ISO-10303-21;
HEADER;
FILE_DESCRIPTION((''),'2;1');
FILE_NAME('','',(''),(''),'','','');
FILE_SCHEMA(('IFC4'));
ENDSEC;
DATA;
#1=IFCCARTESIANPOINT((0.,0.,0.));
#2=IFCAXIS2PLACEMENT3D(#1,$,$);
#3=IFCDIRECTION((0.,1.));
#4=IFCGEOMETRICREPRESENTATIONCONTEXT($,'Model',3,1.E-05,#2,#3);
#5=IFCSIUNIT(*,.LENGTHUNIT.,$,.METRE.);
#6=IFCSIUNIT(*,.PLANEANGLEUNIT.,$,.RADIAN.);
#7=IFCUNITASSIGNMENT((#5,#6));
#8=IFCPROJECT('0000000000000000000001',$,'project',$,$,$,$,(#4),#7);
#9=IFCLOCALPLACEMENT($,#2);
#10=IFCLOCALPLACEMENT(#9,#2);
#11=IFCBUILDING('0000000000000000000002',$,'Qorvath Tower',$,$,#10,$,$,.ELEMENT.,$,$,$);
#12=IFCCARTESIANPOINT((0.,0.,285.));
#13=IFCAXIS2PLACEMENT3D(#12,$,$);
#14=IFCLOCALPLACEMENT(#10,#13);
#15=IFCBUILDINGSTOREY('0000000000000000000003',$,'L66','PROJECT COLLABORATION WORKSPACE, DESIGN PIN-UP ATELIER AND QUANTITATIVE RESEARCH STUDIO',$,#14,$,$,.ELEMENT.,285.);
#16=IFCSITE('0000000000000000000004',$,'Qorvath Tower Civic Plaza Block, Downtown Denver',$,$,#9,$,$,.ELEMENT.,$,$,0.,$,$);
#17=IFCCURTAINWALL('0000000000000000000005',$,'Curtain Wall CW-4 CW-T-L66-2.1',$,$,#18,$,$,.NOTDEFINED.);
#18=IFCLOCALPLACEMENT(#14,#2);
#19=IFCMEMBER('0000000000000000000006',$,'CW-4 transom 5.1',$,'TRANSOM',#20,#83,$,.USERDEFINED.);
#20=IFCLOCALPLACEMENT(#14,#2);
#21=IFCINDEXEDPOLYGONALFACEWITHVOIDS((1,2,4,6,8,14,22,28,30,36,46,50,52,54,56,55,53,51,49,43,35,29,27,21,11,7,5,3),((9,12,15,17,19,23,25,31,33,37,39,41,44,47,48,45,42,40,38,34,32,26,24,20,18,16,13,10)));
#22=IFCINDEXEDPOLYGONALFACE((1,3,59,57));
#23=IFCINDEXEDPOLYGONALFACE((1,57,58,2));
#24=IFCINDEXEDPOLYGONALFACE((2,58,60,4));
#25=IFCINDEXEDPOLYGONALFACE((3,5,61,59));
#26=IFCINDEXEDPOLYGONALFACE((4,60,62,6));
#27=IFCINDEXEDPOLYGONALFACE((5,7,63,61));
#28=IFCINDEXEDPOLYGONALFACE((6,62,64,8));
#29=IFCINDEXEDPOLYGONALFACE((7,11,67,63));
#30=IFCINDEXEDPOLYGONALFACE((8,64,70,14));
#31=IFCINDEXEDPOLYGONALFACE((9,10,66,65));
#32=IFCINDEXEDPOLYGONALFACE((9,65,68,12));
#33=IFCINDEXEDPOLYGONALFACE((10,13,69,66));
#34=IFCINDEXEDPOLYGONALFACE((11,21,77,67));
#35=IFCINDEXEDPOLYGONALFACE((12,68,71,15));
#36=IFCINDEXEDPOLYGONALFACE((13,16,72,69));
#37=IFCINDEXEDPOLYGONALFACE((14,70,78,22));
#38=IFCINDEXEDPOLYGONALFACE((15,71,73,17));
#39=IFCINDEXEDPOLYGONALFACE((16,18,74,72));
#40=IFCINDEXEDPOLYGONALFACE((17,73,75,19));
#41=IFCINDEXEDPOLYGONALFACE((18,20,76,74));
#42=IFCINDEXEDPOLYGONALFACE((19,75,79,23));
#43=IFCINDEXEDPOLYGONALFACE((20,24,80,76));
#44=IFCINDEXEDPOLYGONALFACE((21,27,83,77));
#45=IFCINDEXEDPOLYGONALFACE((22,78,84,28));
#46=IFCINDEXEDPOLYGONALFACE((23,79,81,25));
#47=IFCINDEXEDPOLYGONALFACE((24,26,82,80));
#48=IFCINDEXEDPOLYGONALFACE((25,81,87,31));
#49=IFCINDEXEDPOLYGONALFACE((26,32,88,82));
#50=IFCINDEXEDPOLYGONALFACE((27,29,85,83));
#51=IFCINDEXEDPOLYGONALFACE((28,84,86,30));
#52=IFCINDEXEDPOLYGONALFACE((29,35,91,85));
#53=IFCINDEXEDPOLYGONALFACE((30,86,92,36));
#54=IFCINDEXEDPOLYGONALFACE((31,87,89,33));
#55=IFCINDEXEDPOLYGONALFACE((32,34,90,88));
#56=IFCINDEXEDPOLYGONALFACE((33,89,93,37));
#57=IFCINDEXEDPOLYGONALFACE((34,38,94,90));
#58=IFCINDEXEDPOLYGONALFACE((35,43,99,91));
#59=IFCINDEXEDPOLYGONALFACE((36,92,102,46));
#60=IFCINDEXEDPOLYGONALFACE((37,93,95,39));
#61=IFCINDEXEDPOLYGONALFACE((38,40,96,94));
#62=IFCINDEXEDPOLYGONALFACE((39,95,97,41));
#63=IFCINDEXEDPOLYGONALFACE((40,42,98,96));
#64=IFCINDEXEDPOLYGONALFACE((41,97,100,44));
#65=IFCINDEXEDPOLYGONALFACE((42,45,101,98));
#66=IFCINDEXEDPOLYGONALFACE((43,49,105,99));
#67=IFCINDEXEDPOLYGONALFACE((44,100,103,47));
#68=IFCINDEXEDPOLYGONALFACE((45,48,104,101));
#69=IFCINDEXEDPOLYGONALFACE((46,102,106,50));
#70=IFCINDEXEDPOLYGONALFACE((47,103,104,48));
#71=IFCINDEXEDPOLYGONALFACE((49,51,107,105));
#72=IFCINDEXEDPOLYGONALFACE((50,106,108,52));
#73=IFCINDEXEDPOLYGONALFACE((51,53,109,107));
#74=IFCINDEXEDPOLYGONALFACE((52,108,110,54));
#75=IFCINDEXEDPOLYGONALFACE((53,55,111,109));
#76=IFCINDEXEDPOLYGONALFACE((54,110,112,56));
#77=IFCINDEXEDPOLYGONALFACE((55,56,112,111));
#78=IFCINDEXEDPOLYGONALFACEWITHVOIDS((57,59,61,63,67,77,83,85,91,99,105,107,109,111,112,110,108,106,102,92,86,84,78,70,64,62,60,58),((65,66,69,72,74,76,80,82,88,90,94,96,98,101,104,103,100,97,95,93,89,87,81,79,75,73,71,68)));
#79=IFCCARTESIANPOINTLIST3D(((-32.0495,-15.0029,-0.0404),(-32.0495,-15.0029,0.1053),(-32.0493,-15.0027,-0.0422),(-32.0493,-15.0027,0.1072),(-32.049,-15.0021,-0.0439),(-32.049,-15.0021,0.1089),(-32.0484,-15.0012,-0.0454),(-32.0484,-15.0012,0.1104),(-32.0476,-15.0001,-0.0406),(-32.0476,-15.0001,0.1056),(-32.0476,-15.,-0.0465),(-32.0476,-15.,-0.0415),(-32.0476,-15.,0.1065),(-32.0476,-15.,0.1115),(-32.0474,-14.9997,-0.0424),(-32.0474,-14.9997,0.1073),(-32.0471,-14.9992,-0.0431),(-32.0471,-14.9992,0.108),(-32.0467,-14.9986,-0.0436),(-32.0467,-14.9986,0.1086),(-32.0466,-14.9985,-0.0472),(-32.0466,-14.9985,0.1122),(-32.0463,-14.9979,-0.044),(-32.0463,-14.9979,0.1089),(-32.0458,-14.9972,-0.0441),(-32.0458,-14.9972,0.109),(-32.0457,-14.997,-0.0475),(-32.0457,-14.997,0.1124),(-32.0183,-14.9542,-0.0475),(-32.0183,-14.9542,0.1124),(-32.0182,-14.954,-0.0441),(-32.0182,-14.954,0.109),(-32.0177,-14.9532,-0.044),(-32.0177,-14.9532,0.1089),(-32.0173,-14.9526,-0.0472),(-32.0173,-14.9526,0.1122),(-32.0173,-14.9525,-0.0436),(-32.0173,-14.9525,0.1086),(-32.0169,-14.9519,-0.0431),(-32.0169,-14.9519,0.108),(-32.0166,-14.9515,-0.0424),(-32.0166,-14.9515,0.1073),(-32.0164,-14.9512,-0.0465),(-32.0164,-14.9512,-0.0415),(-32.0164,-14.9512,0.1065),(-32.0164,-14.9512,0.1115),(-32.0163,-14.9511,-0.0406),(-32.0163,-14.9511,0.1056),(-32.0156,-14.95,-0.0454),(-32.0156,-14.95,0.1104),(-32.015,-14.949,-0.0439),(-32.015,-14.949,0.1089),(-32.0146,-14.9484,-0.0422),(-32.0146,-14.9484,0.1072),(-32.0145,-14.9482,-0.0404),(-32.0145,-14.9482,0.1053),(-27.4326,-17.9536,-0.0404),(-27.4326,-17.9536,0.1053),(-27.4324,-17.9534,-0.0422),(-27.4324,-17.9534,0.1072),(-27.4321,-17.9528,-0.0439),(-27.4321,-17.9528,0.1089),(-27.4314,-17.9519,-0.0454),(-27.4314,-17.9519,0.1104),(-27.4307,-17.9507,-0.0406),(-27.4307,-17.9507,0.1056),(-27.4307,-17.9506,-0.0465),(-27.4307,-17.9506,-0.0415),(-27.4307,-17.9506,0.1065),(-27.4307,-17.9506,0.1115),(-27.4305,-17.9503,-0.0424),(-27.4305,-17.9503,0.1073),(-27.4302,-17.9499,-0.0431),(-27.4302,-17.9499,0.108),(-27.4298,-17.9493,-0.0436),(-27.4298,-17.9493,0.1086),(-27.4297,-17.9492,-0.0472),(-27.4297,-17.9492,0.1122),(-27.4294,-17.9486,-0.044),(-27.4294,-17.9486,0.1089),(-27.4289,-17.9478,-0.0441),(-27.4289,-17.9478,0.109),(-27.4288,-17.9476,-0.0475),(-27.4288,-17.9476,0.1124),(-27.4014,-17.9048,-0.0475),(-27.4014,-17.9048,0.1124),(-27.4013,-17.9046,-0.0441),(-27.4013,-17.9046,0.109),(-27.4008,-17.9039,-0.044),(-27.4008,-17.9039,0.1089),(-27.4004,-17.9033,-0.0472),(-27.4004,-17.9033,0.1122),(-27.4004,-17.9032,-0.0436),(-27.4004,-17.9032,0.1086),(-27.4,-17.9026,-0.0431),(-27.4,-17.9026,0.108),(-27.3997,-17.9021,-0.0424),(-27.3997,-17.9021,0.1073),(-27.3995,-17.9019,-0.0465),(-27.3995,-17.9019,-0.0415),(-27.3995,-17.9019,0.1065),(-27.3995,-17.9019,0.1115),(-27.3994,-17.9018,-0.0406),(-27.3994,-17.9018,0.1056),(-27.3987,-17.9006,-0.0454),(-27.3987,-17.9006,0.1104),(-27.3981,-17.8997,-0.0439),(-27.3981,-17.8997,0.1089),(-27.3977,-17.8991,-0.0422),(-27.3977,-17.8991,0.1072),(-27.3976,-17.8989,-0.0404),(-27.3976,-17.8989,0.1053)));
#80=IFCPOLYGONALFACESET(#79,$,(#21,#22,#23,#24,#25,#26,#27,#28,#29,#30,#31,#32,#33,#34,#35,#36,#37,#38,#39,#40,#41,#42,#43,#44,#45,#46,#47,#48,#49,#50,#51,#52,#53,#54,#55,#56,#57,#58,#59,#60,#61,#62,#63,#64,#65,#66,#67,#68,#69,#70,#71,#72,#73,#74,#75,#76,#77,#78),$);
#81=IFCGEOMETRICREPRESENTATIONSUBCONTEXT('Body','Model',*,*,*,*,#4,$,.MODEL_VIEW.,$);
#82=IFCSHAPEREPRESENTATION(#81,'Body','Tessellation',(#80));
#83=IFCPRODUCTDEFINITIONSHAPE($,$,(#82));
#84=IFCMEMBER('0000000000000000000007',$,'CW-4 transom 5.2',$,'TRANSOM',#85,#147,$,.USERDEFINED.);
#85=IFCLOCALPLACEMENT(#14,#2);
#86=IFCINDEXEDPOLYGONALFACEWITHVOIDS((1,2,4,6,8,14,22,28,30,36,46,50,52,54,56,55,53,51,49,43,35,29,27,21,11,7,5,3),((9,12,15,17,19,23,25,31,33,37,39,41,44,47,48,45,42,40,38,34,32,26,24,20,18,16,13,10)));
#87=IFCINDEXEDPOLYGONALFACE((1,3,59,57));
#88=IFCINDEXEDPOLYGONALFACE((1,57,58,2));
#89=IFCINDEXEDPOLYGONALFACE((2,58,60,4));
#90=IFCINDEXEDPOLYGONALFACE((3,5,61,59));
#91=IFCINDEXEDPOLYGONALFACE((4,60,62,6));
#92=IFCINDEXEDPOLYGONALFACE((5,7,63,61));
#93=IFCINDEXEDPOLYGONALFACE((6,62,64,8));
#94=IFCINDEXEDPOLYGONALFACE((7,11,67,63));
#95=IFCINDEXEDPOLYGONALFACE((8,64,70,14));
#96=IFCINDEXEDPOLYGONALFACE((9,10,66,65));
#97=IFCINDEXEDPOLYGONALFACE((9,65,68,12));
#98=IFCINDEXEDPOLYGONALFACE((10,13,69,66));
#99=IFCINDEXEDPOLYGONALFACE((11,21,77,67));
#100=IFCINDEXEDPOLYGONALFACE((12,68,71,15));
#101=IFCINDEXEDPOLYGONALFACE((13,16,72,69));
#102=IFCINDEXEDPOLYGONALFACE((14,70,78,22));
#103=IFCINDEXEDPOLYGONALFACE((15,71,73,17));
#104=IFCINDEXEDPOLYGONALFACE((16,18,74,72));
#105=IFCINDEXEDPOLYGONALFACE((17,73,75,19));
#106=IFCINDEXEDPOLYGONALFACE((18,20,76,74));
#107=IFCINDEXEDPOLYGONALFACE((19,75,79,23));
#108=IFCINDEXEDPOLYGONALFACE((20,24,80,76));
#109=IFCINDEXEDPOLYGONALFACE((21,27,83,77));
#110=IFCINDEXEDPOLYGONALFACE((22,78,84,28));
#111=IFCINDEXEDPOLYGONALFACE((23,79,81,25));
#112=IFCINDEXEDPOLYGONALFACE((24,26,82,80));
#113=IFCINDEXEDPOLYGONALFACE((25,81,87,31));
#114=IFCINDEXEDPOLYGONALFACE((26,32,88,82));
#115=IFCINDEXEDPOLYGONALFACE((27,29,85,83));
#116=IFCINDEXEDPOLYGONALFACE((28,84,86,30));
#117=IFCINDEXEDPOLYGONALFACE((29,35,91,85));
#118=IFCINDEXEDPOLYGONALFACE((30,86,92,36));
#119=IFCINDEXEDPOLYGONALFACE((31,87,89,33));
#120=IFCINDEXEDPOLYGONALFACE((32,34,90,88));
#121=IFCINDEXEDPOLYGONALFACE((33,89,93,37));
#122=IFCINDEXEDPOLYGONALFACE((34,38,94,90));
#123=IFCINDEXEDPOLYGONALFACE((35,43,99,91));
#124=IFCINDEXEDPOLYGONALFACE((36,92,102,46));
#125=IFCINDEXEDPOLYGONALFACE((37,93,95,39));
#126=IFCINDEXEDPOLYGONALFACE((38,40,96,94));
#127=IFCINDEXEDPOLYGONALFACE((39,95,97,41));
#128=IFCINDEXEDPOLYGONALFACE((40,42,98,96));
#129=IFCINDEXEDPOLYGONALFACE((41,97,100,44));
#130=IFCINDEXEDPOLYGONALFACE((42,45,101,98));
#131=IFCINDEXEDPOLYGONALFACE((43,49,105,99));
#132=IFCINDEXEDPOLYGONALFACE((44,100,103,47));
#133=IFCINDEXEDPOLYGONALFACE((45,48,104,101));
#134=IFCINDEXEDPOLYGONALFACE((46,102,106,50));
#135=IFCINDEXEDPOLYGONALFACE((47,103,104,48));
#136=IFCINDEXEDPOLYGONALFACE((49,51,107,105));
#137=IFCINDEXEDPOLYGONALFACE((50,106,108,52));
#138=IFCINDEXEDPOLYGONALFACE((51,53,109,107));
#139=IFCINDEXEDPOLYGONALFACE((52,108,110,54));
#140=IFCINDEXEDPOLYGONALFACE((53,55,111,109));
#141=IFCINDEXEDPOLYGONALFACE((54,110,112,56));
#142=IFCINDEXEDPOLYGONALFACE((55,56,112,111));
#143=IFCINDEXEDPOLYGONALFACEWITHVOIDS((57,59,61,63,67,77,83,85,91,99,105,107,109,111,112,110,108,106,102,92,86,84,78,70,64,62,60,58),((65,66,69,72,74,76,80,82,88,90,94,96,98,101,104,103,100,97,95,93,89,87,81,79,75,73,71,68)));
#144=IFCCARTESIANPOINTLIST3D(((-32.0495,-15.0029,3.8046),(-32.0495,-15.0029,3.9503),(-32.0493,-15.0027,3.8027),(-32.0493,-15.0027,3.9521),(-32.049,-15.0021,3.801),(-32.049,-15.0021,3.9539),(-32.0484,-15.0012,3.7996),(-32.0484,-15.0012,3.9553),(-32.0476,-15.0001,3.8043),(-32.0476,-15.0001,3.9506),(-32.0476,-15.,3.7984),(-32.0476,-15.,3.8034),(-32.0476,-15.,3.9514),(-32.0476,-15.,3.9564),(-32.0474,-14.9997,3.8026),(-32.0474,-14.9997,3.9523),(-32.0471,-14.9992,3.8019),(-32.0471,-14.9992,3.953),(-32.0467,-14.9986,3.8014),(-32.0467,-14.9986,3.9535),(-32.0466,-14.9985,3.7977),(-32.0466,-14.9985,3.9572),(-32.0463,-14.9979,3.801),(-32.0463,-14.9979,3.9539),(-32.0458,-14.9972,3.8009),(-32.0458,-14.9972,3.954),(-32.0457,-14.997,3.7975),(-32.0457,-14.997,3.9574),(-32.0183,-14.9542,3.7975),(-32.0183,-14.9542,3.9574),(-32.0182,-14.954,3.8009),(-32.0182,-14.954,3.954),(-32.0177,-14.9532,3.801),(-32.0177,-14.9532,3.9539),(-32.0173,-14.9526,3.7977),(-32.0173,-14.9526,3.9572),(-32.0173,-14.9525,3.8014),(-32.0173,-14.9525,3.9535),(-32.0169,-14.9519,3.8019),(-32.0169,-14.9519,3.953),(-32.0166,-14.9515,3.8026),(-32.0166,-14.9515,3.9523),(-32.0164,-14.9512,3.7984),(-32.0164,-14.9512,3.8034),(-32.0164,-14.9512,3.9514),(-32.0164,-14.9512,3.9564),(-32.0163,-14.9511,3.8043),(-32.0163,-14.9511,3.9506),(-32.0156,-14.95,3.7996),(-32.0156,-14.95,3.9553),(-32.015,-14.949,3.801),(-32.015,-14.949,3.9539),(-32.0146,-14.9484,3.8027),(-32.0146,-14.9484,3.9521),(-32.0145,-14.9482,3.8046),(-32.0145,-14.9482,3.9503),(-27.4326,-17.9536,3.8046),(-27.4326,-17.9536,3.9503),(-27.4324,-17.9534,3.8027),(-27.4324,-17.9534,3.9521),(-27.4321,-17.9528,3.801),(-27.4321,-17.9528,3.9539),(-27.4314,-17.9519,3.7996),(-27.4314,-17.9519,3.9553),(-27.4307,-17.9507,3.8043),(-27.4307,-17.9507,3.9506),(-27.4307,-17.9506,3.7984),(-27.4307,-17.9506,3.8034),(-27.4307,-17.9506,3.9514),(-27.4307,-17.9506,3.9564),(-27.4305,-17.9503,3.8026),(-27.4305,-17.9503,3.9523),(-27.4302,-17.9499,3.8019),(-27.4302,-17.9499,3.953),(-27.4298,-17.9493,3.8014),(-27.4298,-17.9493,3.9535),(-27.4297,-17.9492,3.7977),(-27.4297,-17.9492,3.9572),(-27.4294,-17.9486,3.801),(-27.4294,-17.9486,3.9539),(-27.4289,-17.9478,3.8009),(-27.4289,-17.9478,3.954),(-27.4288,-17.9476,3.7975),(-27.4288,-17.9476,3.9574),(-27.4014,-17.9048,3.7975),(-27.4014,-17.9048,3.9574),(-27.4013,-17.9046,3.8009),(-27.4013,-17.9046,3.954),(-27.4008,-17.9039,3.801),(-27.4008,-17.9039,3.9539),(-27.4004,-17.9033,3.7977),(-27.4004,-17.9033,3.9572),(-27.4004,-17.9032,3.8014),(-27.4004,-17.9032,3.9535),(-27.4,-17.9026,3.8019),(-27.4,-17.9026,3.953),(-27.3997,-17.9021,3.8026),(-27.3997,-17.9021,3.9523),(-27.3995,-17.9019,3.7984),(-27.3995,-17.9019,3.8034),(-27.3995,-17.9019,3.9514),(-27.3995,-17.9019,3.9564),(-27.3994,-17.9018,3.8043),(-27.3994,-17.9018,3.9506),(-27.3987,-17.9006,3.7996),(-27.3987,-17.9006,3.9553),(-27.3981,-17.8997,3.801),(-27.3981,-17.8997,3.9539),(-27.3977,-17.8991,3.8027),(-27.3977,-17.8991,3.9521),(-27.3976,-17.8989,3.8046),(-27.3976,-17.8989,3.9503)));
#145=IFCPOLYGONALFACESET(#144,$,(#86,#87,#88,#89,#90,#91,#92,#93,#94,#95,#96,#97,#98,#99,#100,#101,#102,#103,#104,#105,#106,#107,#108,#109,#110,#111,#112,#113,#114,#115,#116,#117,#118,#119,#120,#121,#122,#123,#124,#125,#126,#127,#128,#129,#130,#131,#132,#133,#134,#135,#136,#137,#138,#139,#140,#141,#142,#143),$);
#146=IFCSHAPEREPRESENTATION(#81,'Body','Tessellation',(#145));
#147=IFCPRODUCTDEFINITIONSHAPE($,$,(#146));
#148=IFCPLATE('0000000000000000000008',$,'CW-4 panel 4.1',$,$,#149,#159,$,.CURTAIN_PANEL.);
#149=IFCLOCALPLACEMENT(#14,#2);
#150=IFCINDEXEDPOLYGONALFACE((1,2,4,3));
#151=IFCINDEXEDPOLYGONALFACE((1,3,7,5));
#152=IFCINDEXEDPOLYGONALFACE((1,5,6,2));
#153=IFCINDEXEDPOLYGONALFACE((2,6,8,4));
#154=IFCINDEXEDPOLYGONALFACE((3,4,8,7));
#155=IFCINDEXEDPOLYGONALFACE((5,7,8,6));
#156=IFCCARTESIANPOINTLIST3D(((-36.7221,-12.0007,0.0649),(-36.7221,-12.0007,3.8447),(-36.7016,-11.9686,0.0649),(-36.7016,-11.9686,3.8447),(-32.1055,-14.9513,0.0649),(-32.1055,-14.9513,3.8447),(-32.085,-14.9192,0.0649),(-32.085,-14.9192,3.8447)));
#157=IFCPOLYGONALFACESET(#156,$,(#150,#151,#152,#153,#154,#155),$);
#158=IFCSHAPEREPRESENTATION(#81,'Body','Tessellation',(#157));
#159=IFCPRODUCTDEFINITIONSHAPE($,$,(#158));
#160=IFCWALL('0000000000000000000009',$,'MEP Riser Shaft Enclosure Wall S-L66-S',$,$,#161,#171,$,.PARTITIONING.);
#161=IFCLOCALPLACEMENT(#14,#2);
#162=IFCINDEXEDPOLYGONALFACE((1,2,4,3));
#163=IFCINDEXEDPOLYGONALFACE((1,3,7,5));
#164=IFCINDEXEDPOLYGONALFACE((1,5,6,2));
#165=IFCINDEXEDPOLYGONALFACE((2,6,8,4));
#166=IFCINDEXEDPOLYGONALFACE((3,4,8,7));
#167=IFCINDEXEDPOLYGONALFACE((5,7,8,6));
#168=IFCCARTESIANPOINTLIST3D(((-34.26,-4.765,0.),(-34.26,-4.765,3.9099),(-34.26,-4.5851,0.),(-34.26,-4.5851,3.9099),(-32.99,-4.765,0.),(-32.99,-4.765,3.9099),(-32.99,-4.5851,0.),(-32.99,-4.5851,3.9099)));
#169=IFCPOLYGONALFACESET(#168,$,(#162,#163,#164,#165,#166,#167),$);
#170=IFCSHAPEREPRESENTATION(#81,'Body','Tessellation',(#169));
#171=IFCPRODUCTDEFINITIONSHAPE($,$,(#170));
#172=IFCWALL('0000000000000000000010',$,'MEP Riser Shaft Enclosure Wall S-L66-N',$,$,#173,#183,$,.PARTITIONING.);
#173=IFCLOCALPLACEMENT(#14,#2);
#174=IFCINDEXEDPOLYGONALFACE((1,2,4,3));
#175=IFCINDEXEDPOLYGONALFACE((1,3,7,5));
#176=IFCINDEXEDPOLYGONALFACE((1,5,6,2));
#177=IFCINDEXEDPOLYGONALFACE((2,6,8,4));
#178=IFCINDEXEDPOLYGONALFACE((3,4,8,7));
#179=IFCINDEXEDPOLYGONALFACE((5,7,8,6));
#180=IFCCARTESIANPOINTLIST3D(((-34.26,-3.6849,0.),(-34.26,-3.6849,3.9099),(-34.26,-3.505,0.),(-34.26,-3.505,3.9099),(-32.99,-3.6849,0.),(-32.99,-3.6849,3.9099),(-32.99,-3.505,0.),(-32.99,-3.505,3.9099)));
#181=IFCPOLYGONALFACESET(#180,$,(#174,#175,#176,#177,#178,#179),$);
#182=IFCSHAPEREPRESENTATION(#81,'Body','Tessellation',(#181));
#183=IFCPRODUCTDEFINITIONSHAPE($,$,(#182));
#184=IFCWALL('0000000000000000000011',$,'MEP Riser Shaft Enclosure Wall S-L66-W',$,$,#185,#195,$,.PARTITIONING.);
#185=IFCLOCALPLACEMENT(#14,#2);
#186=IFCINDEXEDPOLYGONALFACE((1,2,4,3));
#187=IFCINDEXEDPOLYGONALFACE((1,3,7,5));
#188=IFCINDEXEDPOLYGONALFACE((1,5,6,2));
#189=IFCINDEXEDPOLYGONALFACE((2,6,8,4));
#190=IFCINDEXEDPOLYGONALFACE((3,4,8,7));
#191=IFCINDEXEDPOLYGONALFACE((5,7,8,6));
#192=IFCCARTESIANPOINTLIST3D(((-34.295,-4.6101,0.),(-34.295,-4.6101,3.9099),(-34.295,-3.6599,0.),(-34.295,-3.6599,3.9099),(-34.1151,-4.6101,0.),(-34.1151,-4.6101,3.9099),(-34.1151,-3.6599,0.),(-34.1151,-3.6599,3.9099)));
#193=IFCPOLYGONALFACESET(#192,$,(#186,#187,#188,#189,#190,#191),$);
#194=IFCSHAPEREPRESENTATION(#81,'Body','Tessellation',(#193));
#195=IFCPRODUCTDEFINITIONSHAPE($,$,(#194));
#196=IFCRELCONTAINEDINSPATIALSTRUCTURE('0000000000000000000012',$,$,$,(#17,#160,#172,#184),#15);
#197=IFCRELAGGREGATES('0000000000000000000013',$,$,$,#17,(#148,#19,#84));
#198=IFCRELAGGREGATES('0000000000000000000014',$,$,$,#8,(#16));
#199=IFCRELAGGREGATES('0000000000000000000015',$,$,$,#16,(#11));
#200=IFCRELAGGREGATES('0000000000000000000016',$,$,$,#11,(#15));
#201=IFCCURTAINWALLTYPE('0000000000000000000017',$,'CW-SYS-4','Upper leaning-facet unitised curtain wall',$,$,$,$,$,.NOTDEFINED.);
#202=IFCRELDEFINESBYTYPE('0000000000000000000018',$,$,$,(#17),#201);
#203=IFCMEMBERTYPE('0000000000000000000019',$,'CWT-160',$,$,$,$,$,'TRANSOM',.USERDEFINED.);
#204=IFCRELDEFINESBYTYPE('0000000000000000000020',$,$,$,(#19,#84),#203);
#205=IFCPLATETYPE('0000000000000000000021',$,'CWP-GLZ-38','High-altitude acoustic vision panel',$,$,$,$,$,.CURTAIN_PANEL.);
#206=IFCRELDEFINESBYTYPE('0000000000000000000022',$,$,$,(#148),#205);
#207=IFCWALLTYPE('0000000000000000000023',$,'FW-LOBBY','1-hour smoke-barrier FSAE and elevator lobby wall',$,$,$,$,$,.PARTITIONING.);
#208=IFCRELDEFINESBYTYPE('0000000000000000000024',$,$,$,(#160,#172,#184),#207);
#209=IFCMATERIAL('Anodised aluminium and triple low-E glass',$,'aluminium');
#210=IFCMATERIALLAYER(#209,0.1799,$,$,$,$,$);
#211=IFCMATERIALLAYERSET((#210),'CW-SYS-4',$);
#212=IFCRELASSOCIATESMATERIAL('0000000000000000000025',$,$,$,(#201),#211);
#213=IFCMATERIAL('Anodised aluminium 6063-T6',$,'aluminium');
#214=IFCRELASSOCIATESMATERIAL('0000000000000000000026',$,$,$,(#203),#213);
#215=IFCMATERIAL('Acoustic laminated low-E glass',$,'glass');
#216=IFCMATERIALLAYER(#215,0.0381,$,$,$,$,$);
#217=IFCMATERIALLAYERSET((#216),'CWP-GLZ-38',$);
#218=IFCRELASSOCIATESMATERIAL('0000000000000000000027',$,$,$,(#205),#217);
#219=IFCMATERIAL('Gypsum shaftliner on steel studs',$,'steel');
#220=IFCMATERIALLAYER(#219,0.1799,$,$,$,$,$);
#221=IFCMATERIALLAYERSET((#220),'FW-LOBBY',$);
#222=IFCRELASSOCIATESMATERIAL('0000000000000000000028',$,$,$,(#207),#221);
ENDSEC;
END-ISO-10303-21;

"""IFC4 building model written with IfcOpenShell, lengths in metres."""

from ifc_helpers import new_model, si_unit, direction, frame, frame_2d, origin, origin_2d, place, context, subcontext, project, spatial, rectangle, hollow_rectangle, extrude, material, layer, layer_set, material_profile, profile_set, type_object, element, aggregate, save


model = new_model("IFC4")

# Units and contexts
model_context = context("Model", 3, precision=1e-05, world=origin(), true_north=direction((0.0, 1.0)))
body_context = subcontext(model_context, "Body", "Model", "MODEL_VIEW")
ifc_project = project(units=[si_unit("LENGTHUNIT", "METRE"), si_unit("PLANEANGLEUNIT", "RADIAN")], contexts=[model_context])

# Site, building, storey
site_placement = place(None, origin())
site = spatial("IfcSite", under=ifc_project, at=site_placement, Name="Qorvath Tower Civic Plaza Block, Downtown Denver", CompositionType="ELEMENT", RefElevation=0.0)
building_placement = place(site_placement, origin())
building = spatial("IfcBuilding", under=site, at=building_placement, Name="Qorvath Tower", CompositionType="ELEMENT")
storey_placement = place(building_placement, frame((0.0, 0.0, 285.0)))
storey = spatial("IfcBuildingStorey", under=building, at=storey_placement, Name="L66", Description="PROJECT COLLABORATION WORKSPACE, DESIGN PIN-UP ATELIER AND QUANTITATIVE RESEARCH STUDIO", CompositionType="ELEMENT", Elevation=285.0)

# Curtain wall, members, plate
ifc_material_1 = material(Name="Anodised aluminium and triple low-E glass", Category="aluminium")
ifc_layer_1 = layer(ifc_material_1, 0.1799)
ifc_layer_set_1 = layer_set([ifc_layer_1], Name="CW-SYS-4")
curtain_wall_type = type_object("IfcCurtainWallType", Name="CW-SYS-4", Description="Upper leaning-facet unitised curtain wall", PredefinedType="NOTDEFINED", material=ifc_layer_set_1)
curtain_wall_placement = place(storey_placement, origin())
curtain_wall = element("IfcCurtainWall", 1, at=curtain_wall_placement, inside=storey, type_object=curtain_wall_type, Name="Curtain Wall CW-4 CW-T-L66-2.1", PredefinedType="NOTDEFINED")
ifc_material_2 = material(Name="Anodised aluminium 6063-T6", Category="aluminium")
ifc_material_profile_1 = material_profile(ifc_material_2, hollow_rectangle(XDim=0.0649, YDim=0.1599, WallThickness=0.0034, InnerFilletRadius=0.0034, OuterFilletRadius=0.0071, at=origin_2d()), Name="CWT 160x65")
ifc_profile_set_1 = profile_set([ifc_material_profile_1], Name="Anodised aluminium 6063-T6")
member_type_1 = type_object("IfcMemberType", Name="CWT-160", ElementType="TRANSOM", PredefinedType="USERDEFINED", material=ifc_profile_set_1)
member_1_placement = place(storey_placement, frame((-32.032, -14.9756, 0.0325), z_axis=(0.842616, -0.538515, 0.0), x_axis=(0.538515, 0.842616, 0.0)))
member_1 = element("IfcMember", 2, at=member_1_placement, type_object=member_type_1, Name="CW-4 transom 5.1", ObjectType="TRANSOM", PredefinedType="USERDEFINED", context=body_context, shape_type="SweptSolid", body=[
    extrude(hollow_rectangle(XDim=0.0649, YDim=0.1599, WallThickness=0.0034, InnerFilletRadius=0.0034, OuterFilletRadius=0.0071, at=origin_2d()), origin(), (0.0, 0.0, 1.0), 5.4792),
])
member_2_placement = place(storey_placement, frame((-32.032, -14.9756, 3.8774), z_axis=(0.842616, -0.538515, 0.0), x_axis=(0.538515, 0.842616, 0.0)))
member_2 = element("IfcMember", 3, at=member_2_placement, type_object=member_type_1, Name="CW-4 transom 5.2", ObjectType="TRANSOM", PredefinedType="USERDEFINED", context=body_context, shape_type="SweptSolid", body=[
    extrude(hollow_rectangle(XDim=0.0649, YDim=0.1599, WallThickness=0.0034, InnerFilletRadius=0.0034, OuterFilletRadius=0.0071, at=origin_2d()), origin(), (0.0, 0.0, 1.0), 5.4792),
])
ifc_material_3 = material(Name="Acoustic laminated low-E glass", Category="glass")
ifc_layer_2 = layer(ifc_material_3, 0.0381)
ifc_layer_set_2 = layer_set([ifc_layer_2], Name="CWP-GLZ-38")
plate_type = type_object("IfcPlateType", Name="CWP-GLZ-38", Description="High-altitude acoustic vision panel", PredefinedType="CURTAIN_PANEL", material=ifc_layer_set_2)
plate_placement = place(storey_placement, frame((-34.4036, -13.46, 0.0649), z_axis=(0.0, 0.0, 1.0), x_axis=(0.842605, -0.538532, 0.0)))
plate = element("IfcPlate", 4, at=plate_placement, type_object=plate_type, Name="CW-4 panel 4.1", PredefinedType="CURTAIN_PANEL", context=body_context, shape_type="SweptSolid", body=[
    extrude(rectangle(XDim=5.479, YDim=0.0381, at=origin_2d()), origin(), (0.0, 0.0, 1.0), 3.7798),
])
aggregate(curtain_wall, [plate, member_1, member_2])

# Walls
ifc_material_4 = material(Name="Gypsum shaftliner on steel studs", Category="steel")
ifc_layer_3 = layer(ifc_material_4, 0.1799)
ifc_layer_set_3 = layer_set([ifc_layer_3], Name="FW-LOBBY")
wall_type_1 = type_object("IfcWallType", Name="FW-LOBBY", Description="1-hour smoke-barrier FSAE and elevator lobby wall", PredefinedType="PARTITIONING", material=ifc_layer_set_3)
for number, where, z_axis, x_axis, name in (
    (5, (-32.99, -4.675, 0.0), (0.0, 0.0, 1.0), (-1.0, 0.0, 0.0), "MEP Riser Shaft Enclosure Wall S-L66-S"),
    (6, (-34.26, -3.595, 0.0), (0.0, 0.0, 1.0), (1.0, 0.0, 0.0), "MEP Riser Shaft Enclosure Wall S-L66-N"),
):
    element("IfcWall", number, at=place(storey_placement, frame(where, z_axis=z_axis, x_axis=x_axis)), inside=storey, type_object=wall_type_1, Name=name, PredefinedType="PARTITIONING", context=body_context, shape_type="SweptSolid", body=[
        extrude(rectangle(XDim=1.27, YDim=0.1799, at=frame_2d((0.635, 0.0))), origin(), (0.0, 0.0, 1.0), 3.9099),
    ])
for number, where, z_axis, x_axis, name in (
    (7, (-34.2051, -4.6101, 0.0), (0.0, 0.0, 1.0), (0.0, 1.0, 0.0), "MEP Riser Shaft Enclosure Wall S-L66-W"),
):
    element("IfcWall", number, at=place(storey_placement, frame(where, z_axis=z_axis, x_axis=x_axis)), inside=storey, type_object=wall_type_1, Name=name, PredefinedType="PARTITIONING", context=body_context, shape_type="SweptSolid", body=[
        extrude(rectangle(XDim=0.9502, YDim=0.1799, at=frame_2d((0.4751, 0.0))), origin(), (0.0, 0.0, 1.0), 3.9099),
    ])

save(model, "model.ifc")
